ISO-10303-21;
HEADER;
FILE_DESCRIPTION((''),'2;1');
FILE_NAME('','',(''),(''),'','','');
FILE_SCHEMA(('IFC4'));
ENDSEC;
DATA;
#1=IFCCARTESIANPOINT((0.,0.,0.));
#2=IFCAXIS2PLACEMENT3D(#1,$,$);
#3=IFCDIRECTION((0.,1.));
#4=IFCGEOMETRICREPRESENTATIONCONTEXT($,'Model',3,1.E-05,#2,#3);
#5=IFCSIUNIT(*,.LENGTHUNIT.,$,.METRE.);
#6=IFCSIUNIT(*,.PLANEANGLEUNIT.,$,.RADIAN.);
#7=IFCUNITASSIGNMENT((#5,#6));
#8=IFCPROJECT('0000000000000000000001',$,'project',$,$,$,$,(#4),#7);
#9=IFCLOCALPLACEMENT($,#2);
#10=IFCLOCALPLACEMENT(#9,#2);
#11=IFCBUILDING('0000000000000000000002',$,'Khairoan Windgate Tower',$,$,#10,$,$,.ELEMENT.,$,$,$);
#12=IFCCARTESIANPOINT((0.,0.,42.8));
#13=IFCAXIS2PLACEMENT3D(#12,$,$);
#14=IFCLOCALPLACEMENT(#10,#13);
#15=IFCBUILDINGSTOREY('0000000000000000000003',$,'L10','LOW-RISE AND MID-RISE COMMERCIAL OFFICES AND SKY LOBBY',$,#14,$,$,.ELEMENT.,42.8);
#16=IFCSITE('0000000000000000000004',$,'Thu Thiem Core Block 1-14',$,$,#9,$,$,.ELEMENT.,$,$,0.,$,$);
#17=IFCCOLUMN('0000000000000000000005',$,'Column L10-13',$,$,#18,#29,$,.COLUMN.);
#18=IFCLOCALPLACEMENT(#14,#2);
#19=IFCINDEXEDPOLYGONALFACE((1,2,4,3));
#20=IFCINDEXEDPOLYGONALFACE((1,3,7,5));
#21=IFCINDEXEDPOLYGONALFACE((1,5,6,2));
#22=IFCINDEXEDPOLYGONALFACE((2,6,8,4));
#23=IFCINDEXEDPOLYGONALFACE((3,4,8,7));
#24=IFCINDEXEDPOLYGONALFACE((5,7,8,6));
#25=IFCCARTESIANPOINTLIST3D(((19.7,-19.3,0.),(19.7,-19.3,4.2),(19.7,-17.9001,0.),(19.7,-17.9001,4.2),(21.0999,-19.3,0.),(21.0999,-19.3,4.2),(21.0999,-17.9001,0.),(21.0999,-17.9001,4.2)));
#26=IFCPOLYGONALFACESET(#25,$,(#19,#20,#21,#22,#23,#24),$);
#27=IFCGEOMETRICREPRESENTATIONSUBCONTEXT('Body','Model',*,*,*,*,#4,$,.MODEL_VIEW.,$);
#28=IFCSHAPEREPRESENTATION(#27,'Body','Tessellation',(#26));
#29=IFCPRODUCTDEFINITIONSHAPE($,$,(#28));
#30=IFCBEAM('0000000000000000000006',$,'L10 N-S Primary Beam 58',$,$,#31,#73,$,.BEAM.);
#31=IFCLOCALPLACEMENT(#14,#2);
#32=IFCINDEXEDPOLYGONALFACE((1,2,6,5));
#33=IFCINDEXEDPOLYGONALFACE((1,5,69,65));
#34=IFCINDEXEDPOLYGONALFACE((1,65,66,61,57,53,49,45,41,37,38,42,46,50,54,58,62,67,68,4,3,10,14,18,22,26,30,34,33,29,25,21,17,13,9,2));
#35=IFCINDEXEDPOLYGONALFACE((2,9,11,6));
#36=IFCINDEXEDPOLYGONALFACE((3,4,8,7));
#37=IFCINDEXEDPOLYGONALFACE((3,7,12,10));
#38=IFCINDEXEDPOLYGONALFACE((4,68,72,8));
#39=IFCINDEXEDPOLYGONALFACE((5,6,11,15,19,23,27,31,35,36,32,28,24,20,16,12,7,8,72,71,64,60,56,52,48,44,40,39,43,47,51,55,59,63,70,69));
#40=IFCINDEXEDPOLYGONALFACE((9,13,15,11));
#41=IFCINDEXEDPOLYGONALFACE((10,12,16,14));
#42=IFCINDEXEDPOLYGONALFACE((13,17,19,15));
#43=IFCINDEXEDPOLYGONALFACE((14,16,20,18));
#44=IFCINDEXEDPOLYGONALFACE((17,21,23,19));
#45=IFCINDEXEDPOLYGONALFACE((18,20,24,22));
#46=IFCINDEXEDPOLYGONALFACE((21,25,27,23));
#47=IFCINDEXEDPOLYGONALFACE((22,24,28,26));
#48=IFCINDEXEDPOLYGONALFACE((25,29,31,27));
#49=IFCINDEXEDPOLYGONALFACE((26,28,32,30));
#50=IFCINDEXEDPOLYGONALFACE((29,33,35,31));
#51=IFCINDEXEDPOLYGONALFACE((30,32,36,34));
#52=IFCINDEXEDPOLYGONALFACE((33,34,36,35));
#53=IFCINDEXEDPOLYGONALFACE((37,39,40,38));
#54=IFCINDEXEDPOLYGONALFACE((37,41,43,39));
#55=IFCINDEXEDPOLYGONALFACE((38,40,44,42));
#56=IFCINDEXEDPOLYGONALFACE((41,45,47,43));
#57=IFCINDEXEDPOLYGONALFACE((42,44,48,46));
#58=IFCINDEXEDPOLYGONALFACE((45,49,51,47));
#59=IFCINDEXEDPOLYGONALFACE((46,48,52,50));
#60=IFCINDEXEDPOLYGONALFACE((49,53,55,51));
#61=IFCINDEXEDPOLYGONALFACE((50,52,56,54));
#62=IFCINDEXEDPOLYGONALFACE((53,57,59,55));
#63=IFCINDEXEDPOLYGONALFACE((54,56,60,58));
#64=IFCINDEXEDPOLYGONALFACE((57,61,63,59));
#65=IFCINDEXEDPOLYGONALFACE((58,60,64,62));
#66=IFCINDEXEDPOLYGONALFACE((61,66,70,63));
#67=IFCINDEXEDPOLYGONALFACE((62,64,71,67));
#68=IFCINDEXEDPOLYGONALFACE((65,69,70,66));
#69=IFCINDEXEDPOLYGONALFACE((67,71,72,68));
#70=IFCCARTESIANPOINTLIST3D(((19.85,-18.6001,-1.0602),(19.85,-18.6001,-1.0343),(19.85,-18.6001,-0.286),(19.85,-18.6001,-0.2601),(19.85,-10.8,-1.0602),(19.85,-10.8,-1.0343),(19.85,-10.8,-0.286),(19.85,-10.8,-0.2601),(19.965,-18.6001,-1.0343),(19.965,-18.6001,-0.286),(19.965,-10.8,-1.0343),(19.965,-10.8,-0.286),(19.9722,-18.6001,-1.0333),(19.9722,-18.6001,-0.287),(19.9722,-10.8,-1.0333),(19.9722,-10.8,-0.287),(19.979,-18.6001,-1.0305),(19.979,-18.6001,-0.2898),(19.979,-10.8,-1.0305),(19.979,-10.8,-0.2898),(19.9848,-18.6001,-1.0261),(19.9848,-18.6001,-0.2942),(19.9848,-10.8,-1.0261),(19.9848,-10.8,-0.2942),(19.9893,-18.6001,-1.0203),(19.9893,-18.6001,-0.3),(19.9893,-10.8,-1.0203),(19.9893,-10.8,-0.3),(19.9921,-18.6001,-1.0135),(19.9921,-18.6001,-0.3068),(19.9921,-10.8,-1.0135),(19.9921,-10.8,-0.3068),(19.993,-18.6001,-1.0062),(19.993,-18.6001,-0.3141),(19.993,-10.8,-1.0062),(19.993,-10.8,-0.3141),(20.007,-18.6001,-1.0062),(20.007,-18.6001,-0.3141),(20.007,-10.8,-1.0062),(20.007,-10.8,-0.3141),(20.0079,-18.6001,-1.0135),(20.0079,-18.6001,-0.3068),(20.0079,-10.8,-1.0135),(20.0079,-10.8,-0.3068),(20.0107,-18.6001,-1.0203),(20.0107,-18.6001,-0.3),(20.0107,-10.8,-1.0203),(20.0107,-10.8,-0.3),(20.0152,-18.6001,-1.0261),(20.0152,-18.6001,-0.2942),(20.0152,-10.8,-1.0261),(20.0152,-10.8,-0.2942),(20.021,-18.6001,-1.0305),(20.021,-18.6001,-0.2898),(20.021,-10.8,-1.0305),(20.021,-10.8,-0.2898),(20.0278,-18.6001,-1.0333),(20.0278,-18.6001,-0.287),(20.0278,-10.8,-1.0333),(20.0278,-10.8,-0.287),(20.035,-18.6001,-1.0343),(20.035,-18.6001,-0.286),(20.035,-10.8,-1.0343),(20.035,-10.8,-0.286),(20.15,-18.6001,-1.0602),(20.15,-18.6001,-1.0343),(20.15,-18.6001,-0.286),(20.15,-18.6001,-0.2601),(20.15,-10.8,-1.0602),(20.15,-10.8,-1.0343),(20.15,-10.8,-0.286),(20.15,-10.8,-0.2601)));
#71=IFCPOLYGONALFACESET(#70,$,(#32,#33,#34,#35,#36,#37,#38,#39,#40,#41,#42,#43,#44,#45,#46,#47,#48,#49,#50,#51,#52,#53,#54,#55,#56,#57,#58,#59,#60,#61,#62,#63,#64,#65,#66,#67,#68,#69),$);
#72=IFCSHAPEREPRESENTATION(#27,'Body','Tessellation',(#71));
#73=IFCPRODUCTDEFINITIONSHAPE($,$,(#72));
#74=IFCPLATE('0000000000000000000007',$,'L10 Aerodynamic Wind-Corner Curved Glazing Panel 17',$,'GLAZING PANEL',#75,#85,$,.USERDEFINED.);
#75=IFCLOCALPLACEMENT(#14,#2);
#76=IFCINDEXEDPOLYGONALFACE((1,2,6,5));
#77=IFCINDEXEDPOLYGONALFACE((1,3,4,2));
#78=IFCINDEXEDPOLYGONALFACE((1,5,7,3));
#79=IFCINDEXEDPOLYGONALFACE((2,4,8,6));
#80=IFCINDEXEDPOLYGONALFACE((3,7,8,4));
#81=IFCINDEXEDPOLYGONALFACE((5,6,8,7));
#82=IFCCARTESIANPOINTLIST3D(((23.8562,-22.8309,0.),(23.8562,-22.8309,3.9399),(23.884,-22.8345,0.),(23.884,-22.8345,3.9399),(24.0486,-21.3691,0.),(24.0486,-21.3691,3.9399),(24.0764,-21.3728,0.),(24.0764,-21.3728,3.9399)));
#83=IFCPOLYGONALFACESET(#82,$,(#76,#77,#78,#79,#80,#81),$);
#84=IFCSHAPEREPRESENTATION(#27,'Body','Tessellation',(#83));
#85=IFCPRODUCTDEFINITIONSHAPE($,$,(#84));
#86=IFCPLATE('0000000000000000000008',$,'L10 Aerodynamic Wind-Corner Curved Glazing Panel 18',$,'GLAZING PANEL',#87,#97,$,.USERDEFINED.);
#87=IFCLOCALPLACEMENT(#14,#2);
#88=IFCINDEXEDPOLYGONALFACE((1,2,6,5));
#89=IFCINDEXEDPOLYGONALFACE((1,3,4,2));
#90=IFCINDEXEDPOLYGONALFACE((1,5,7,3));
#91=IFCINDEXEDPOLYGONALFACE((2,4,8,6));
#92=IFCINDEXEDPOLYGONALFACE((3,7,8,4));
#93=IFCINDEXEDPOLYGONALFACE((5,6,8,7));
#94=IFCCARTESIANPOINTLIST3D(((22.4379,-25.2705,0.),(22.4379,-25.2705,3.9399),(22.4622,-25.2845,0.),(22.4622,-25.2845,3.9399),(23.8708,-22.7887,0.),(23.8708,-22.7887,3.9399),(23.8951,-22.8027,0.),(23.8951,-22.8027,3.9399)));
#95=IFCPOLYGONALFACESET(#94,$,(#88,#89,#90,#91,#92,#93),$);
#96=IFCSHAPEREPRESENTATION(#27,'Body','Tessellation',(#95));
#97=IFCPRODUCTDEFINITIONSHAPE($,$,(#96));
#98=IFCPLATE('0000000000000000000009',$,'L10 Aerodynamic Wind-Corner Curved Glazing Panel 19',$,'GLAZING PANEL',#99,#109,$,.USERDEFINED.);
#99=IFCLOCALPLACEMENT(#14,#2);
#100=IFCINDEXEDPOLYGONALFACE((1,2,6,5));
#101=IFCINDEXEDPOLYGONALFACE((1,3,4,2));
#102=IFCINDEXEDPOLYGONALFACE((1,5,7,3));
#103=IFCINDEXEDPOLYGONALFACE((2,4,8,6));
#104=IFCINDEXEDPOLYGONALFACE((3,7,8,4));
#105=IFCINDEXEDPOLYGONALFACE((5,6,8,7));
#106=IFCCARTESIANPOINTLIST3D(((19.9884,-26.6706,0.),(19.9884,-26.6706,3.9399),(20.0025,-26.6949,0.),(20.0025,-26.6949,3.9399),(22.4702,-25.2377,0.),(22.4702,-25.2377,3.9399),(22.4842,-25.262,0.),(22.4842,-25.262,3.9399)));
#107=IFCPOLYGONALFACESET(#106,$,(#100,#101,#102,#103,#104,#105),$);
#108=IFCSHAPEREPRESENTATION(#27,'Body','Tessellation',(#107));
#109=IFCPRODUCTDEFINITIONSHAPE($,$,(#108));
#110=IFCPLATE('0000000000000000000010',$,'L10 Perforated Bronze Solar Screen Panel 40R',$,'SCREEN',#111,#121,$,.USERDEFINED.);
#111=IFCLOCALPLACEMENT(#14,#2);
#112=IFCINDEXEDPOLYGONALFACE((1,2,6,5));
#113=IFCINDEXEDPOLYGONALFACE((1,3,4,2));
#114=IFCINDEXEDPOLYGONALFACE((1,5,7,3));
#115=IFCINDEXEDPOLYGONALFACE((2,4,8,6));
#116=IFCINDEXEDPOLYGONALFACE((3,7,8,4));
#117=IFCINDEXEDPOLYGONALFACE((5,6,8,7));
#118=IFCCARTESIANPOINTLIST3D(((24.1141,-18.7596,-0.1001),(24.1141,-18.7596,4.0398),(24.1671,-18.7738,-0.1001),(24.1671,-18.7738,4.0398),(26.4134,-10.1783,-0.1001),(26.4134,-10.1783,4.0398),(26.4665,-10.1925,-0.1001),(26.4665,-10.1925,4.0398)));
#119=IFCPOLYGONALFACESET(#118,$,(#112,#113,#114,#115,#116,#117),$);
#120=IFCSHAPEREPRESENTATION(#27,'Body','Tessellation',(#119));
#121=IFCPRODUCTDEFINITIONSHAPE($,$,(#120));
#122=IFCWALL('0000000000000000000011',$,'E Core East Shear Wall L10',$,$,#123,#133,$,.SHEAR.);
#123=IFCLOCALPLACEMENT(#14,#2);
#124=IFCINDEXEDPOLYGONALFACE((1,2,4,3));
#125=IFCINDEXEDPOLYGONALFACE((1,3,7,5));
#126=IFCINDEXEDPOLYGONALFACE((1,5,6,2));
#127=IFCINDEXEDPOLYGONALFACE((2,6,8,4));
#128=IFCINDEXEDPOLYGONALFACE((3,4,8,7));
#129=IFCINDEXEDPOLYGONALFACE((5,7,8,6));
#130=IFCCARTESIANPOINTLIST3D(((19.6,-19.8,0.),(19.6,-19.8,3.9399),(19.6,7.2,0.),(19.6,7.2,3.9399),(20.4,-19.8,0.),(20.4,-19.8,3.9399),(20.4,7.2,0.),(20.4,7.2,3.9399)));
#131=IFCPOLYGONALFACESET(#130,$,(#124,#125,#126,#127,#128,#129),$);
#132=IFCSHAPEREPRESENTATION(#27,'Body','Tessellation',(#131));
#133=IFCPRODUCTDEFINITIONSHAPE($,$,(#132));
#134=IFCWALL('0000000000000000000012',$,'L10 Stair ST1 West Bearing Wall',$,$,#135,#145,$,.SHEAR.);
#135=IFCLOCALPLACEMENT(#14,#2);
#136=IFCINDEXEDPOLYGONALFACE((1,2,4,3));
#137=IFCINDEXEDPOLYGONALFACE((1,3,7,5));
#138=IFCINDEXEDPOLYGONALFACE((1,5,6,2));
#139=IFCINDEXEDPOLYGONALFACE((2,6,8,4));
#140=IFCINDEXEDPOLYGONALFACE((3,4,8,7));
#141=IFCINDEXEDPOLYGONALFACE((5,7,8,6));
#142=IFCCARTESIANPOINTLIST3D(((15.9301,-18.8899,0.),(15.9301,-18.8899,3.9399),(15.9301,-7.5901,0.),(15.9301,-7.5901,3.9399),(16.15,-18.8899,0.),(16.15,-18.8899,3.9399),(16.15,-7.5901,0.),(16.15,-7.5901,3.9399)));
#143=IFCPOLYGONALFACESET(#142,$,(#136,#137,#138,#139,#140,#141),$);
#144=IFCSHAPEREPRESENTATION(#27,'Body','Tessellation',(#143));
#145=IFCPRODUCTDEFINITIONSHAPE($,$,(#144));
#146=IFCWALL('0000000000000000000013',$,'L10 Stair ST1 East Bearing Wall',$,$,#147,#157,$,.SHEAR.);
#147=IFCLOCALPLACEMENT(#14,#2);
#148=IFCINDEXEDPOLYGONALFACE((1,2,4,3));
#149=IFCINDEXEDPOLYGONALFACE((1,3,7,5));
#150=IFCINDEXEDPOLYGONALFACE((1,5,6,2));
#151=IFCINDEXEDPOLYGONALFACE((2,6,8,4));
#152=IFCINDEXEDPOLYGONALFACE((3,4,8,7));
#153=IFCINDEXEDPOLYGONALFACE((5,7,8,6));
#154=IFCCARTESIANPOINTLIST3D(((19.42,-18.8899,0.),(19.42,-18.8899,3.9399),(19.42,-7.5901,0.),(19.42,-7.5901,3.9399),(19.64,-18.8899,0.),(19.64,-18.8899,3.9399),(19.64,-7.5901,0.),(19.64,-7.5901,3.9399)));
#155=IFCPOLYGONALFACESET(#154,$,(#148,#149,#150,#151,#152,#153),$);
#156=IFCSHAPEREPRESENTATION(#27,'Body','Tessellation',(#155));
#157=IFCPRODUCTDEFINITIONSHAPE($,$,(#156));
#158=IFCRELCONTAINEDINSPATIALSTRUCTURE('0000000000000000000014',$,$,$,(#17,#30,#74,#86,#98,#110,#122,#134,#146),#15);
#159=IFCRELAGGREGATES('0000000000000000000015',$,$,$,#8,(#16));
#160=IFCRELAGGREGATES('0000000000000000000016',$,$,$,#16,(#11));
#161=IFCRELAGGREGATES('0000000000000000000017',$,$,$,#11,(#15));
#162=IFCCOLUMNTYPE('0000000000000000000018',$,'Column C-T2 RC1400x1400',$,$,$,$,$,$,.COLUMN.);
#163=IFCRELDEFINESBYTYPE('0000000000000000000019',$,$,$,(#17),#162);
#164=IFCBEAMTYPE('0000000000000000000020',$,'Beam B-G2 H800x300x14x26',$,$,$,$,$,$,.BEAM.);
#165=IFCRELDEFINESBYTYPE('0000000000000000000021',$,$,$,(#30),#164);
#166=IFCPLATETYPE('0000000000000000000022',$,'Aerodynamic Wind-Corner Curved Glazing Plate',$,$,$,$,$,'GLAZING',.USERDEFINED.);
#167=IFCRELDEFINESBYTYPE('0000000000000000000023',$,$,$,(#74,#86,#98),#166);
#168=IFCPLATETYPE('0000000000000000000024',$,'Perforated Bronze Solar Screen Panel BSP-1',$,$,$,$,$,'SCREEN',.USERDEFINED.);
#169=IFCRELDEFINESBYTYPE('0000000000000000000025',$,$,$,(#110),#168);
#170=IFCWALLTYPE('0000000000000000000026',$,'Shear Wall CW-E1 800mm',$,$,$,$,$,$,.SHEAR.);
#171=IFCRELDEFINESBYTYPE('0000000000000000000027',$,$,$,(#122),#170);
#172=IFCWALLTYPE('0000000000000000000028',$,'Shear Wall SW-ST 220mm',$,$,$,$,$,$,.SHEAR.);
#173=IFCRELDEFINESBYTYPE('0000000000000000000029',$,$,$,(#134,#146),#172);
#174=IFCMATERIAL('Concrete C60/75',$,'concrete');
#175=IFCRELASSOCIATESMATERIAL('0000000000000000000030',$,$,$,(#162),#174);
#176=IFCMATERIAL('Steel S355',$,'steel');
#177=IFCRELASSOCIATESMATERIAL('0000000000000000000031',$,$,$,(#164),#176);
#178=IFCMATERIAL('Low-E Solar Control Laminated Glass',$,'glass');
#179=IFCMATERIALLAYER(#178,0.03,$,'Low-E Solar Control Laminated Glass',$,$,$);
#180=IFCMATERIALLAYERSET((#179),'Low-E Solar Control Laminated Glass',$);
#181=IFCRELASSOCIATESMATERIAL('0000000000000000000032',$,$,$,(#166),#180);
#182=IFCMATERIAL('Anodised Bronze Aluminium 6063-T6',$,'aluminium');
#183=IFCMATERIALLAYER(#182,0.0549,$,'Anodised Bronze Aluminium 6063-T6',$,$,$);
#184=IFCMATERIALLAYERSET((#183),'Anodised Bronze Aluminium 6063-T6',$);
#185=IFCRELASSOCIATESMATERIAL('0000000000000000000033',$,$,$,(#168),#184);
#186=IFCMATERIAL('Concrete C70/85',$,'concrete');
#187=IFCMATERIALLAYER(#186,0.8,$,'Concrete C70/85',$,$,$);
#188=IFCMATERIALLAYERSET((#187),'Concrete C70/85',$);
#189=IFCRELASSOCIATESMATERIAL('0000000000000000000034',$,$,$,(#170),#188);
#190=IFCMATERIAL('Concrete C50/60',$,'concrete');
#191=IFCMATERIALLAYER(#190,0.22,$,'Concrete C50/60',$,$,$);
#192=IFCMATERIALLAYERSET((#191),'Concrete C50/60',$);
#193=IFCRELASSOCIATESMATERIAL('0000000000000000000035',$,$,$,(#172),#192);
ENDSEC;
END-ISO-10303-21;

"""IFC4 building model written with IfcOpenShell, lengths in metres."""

from ifc_helpers import new_model, si_unit, direction, frame, frame_2d, origin, origin_2d, place, context, subcontext, project, spatial, rectangle, i_section, extrude, material, layer, layer_set, material_profile, profile_set, type_object, element, save


model = new_model("IFC4")

# Units and contexts
model_context = context("Model", 3, precision=1e-05, world=origin(), true_north=direction((0.0, 1.0)))
body_context = subcontext(model_context, "Body", "Model", "MODEL_VIEW")
ifc_project = project(units=[si_unit("LENGTHUNIT", "METRE"), si_unit("PLANEANGLEUNIT", "RADIAN")], contexts=[model_context])

# Site, building, storey
site_placement = place(None, origin())
site = spatial("IfcSite", under=ifc_project, at=site_placement, Name="Thu Thiem Core Block 1-14", CompositionType="ELEMENT", RefElevation=0.0)
building_placement = place(site_placement, origin())
building = spatial("IfcBuilding", under=site, at=building_placement, Name="Khairoan Windgate Tower", CompositionType="ELEMENT")
storey_placement = place(building_placement, frame((0.0, 0.0, 42.8)))
storey = spatial("IfcBuildingStorey", under=building, at=storey_placement, Name="L10", Description="LOW-RISE AND MID-RISE COMMERCIAL OFFICES AND SKY LOBBY", CompositionType="ELEMENT", Elevation=42.8)

# Column
ifc_material_1 = material(Name="Concrete C60/75", Category="concrete")
ifc_material_profile_1 = material_profile(ifc_material_1, rectangle(XDim=1.3999, YDim=1.3999, at=origin_2d()))
ifc_profile_set_1 = profile_set([ifc_material_profile_1], Name="Concrete C60/75")
column_type = type_object("IfcColumnType", Name="Column C-T2 RC1400x1400", PredefinedType="COLUMN", material=ifc_profile_set_1)
column_placement = place(storey_placement, frame((20.3999, -18.6001, 0.0), z_axis=(0.0, 0.0, 1.0), x_axis=(1.0, 0.0, 0.0)))
element("IfcColumn", 1, at=column_placement, inside=storey, type_object=column_type, Name="Column L10-13", PredefinedType="COLUMN", context=body_context, shape_type="SweptSolid", body=[
    extrude(rectangle(XDim=1.3999, YDim=1.3999, at=origin_2d()), origin(), (0.0, 0.0, 1.0), 4.2),
])

# Beam
ifc_material_2 = material(Name="Steel S355", Category="steel")
ifc_material_profile_2 = material_profile(ifc_material_2, i_section(OverallWidth=0.3, OverallDepth=0.8, WebThickness=0.0139, FlangeThickness=0.0259, FilletRadius=0.0281, at=origin_2d()))
ifc_profile_set_2 = profile_set([ifc_material_profile_2], Name="Steel S355")
beam_type = type_object("IfcBeamType", Name="Beam B-G2 H800x300x14x26", PredefinedType="BEAM", material=ifc_profile_set_2)
beam_placement = place(storey_placement, frame((20.0, -18.6001, -0.6602), z_axis=(0.0, 1.0, 0.0), x_axis=(-1.0, 0.0, 0.0)))
element("IfcBeam", 2, at=beam_placement, inside=storey, type_object=beam_type, Name="L10 N-S Primary Beam 58", PredefinedType="BEAM", context=body_context, shape_type="SweptSolid", body=[
    extrude(i_section(OverallWidth=0.3, OverallDepth=0.8, WebThickness=0.0139, FlangeThickness=0.0259, FilletRadius=0.0281, at=origin_2d()), origin(), (0.0, 0.0, 1.0), 7.8),
])

# Plates
ifc_material_3 = material(Name="Low-E Solar Control Laminated Glass", Category="glass")
ifc_layer_1 = layer(ifc_material_3, 0.03, Name="Low-E Solar Control Laminated Glass")
ifc_layer_set_1 = layer_set([ifc_layer_1], Name="Low-E Solar Control Laminated Glass")
plate_type_1 = type_object("IfcPlateType", Name="Aerodynamic Wind-Corner Curved Glazing Plate", ElementType="GLAZING", PredefinedType="USERDEFINED", material=ifc_layer_set_1)
plate_1_placement = place(storey_placement, frame((23.9663, -22.1018, 0.0), z_axis=(0.0, 0.0, 1.0), x_axis=(-0.130526, -0.991445, 0.0)))
element("IfcPlate", 3, at=plate_1_placement, inside=storey, type_object=plate_type_1, Name="L10 Aerodynamic Wind-Corner Curved Glazing Panel 17", ObjectType="GLAZING PANEL", PredefinedType="USERDEFINED", context=body_context, shape_type="SweptSolid", body=[
    extrude(rectangle(XDim=1.4744, YDim=0.0281, at=origin_2d()), origin(), (0.0, 0.0, 1.0), 3.9399),
])
for number, where, z_axis, x_axis, name in (
    (4, (23.1665, -24.0366, 0.0), (0.0, 0.0, 1.0), (-0.5, -0.866025, 0.0), "L10 Aerodynamic Wind-Corner Curved Glazing Panel 18"),
    (5, (21.2363, -25.9663, 0.0), (0.0, 0.0, 1.0), (-0.866025, -0.5, 0.0), "L10 Aerodynamic Wind-Corner Curved Glazing Panel 19"),
):
    element("IfcPlate", number, at=place(storey_placement, frame(where, z_axis=z_axis, x_axis=x_axis)), inside=storey, type_object=plate_type_1, Name=name, ObjectType="GLAZING PANEL", PredefinedType="USERDEFINED", context=body_context, shape_type="SweptSolid", body=[
        extrude(rectangle(XDim=2.8657, YDim=0.0281, at=origin_2d()), origin(), (0.0, 0.0, 1.0), 3.9399),
    ])

# Plate
ifc_material_4 = material(Name="Anodised Bronze Aluminium 6063-T6", Category="aluminium")
ifc_layer_2 = layer(ifc_material_4, 0.0549, Name="Anodised Bronze Aluminium 6063-T6")
ifc_layer_set_2 = layer_set([ifc_layer_2], Name="Anodised Bronze Aluminium 6063-T6")
plate_type_2 = type_object("IfcPlateType", Name="Perforated Bronze Solar Screen Panel BSP-1", ElementType="SCREEN", PredefinedType="USERDEFINED", material=ifc_layer_set_2)
plate_2_placement = place(storey_placement, frame((25.2903, -14.4761, -0.1001), z_axis=(0.0, 0.0, 1.0), x_axis=(-0.258819, -0.965926, 0.0)))
element("IfcPlate", 6, at=plate_2_placement, inside=storey, type_object=plate_type_2, Name="L10 Perforated Bronze Solar Screen Panel 40R", ObjectType="SCREEN", PredefinedType="USERDEFINED", context=body_context, shape_type="SweptSolid", body=[
    extrude(rectangle(XDim=8.884, YDim=0.0549, at=origin_2d()), origin(), (0.0, 0.0, 1.0), 4.1399),
])

# Walls
ifc_material_5 = material(Name="Concrete C70/85", Category="concrete")
ifc_layer_3 = layer(ifc_material_5, 0.8, Name="Concrete C70/85")
ifc_layer_set_3 = layer_set([ifc_layer_3], Name="Concrete C70/85")
wall_type_1 = type_object("IfcWallType", Name="Shear Wall CW-E1 800mm", PredefinedType="SHEAR", material=ifc_layer_set_3)
wall_placement = place(storey_placement, frame((20.0, -19.8, 0.0), z_axis=(0.0, 0.0, 1.0), x_axis=(0.0, 1.0, 0.0)))
element("IfcWall", 7, at=wall_placement, inside=storey, type_object=wall_type_1, Name="E Core East Shear Wall L10", PredefinedType="SHEAR", context=body_context, shape_type="SweptSolid", body=[
    extrude(rectangle(XDim=27.0, YDim=0.8, at=frame_2d((13.5, 0.0))), origin(), (0.0, 0.0, 1.0), 3.9399),
])
ifc_material_6 = material(Name="Concrete C50/60", Category="concrete")
ifc_layer_4 = layer(ifc_material_6, 0.22, Name="Concrete C50/60")
ifc_layer_set_4 = layer_set([ifc_layer_4], Name="Concrete C50/60")
wall_type_2 = type_object("IfcWallType", Name="Shear Wall SW-ST 220mm", PredefinedType="SHEAR", material=ifc_layer_set_4)
for number, where, z_axis, x_axis, name in (
    (8, (16.04, -18.8899, 0.0), (0.0, 0.0, 1.0), (0.0, 1.0, 0.0), "L10 Stair ST1 West Bearing Wall"),
    (9, (19.53, -18.8899, 0.0), (0.0, 0.0, 1.0), (0.0, 1.0, 0.0), "L10 Stair ST1 East Bearing Wall"),
):
    element("IfcWall", number, at=place(storey_placement, frame(where, z_axis=z_axis, x_axis=x_axis)), inside=storey, type_object=wall_type_2, Name=name, PredefinedType="SHEAR", context=body_context, shape_type="SweptSolid", body=[
        extrude(rectangle(XDim=11.2998, YDim=0.22, at=frame_2d((5.6499, 0.0))), origin(), (0.0, 0.0, 1.0), 3.9399),
    ])

save(model, "model.ifc")
